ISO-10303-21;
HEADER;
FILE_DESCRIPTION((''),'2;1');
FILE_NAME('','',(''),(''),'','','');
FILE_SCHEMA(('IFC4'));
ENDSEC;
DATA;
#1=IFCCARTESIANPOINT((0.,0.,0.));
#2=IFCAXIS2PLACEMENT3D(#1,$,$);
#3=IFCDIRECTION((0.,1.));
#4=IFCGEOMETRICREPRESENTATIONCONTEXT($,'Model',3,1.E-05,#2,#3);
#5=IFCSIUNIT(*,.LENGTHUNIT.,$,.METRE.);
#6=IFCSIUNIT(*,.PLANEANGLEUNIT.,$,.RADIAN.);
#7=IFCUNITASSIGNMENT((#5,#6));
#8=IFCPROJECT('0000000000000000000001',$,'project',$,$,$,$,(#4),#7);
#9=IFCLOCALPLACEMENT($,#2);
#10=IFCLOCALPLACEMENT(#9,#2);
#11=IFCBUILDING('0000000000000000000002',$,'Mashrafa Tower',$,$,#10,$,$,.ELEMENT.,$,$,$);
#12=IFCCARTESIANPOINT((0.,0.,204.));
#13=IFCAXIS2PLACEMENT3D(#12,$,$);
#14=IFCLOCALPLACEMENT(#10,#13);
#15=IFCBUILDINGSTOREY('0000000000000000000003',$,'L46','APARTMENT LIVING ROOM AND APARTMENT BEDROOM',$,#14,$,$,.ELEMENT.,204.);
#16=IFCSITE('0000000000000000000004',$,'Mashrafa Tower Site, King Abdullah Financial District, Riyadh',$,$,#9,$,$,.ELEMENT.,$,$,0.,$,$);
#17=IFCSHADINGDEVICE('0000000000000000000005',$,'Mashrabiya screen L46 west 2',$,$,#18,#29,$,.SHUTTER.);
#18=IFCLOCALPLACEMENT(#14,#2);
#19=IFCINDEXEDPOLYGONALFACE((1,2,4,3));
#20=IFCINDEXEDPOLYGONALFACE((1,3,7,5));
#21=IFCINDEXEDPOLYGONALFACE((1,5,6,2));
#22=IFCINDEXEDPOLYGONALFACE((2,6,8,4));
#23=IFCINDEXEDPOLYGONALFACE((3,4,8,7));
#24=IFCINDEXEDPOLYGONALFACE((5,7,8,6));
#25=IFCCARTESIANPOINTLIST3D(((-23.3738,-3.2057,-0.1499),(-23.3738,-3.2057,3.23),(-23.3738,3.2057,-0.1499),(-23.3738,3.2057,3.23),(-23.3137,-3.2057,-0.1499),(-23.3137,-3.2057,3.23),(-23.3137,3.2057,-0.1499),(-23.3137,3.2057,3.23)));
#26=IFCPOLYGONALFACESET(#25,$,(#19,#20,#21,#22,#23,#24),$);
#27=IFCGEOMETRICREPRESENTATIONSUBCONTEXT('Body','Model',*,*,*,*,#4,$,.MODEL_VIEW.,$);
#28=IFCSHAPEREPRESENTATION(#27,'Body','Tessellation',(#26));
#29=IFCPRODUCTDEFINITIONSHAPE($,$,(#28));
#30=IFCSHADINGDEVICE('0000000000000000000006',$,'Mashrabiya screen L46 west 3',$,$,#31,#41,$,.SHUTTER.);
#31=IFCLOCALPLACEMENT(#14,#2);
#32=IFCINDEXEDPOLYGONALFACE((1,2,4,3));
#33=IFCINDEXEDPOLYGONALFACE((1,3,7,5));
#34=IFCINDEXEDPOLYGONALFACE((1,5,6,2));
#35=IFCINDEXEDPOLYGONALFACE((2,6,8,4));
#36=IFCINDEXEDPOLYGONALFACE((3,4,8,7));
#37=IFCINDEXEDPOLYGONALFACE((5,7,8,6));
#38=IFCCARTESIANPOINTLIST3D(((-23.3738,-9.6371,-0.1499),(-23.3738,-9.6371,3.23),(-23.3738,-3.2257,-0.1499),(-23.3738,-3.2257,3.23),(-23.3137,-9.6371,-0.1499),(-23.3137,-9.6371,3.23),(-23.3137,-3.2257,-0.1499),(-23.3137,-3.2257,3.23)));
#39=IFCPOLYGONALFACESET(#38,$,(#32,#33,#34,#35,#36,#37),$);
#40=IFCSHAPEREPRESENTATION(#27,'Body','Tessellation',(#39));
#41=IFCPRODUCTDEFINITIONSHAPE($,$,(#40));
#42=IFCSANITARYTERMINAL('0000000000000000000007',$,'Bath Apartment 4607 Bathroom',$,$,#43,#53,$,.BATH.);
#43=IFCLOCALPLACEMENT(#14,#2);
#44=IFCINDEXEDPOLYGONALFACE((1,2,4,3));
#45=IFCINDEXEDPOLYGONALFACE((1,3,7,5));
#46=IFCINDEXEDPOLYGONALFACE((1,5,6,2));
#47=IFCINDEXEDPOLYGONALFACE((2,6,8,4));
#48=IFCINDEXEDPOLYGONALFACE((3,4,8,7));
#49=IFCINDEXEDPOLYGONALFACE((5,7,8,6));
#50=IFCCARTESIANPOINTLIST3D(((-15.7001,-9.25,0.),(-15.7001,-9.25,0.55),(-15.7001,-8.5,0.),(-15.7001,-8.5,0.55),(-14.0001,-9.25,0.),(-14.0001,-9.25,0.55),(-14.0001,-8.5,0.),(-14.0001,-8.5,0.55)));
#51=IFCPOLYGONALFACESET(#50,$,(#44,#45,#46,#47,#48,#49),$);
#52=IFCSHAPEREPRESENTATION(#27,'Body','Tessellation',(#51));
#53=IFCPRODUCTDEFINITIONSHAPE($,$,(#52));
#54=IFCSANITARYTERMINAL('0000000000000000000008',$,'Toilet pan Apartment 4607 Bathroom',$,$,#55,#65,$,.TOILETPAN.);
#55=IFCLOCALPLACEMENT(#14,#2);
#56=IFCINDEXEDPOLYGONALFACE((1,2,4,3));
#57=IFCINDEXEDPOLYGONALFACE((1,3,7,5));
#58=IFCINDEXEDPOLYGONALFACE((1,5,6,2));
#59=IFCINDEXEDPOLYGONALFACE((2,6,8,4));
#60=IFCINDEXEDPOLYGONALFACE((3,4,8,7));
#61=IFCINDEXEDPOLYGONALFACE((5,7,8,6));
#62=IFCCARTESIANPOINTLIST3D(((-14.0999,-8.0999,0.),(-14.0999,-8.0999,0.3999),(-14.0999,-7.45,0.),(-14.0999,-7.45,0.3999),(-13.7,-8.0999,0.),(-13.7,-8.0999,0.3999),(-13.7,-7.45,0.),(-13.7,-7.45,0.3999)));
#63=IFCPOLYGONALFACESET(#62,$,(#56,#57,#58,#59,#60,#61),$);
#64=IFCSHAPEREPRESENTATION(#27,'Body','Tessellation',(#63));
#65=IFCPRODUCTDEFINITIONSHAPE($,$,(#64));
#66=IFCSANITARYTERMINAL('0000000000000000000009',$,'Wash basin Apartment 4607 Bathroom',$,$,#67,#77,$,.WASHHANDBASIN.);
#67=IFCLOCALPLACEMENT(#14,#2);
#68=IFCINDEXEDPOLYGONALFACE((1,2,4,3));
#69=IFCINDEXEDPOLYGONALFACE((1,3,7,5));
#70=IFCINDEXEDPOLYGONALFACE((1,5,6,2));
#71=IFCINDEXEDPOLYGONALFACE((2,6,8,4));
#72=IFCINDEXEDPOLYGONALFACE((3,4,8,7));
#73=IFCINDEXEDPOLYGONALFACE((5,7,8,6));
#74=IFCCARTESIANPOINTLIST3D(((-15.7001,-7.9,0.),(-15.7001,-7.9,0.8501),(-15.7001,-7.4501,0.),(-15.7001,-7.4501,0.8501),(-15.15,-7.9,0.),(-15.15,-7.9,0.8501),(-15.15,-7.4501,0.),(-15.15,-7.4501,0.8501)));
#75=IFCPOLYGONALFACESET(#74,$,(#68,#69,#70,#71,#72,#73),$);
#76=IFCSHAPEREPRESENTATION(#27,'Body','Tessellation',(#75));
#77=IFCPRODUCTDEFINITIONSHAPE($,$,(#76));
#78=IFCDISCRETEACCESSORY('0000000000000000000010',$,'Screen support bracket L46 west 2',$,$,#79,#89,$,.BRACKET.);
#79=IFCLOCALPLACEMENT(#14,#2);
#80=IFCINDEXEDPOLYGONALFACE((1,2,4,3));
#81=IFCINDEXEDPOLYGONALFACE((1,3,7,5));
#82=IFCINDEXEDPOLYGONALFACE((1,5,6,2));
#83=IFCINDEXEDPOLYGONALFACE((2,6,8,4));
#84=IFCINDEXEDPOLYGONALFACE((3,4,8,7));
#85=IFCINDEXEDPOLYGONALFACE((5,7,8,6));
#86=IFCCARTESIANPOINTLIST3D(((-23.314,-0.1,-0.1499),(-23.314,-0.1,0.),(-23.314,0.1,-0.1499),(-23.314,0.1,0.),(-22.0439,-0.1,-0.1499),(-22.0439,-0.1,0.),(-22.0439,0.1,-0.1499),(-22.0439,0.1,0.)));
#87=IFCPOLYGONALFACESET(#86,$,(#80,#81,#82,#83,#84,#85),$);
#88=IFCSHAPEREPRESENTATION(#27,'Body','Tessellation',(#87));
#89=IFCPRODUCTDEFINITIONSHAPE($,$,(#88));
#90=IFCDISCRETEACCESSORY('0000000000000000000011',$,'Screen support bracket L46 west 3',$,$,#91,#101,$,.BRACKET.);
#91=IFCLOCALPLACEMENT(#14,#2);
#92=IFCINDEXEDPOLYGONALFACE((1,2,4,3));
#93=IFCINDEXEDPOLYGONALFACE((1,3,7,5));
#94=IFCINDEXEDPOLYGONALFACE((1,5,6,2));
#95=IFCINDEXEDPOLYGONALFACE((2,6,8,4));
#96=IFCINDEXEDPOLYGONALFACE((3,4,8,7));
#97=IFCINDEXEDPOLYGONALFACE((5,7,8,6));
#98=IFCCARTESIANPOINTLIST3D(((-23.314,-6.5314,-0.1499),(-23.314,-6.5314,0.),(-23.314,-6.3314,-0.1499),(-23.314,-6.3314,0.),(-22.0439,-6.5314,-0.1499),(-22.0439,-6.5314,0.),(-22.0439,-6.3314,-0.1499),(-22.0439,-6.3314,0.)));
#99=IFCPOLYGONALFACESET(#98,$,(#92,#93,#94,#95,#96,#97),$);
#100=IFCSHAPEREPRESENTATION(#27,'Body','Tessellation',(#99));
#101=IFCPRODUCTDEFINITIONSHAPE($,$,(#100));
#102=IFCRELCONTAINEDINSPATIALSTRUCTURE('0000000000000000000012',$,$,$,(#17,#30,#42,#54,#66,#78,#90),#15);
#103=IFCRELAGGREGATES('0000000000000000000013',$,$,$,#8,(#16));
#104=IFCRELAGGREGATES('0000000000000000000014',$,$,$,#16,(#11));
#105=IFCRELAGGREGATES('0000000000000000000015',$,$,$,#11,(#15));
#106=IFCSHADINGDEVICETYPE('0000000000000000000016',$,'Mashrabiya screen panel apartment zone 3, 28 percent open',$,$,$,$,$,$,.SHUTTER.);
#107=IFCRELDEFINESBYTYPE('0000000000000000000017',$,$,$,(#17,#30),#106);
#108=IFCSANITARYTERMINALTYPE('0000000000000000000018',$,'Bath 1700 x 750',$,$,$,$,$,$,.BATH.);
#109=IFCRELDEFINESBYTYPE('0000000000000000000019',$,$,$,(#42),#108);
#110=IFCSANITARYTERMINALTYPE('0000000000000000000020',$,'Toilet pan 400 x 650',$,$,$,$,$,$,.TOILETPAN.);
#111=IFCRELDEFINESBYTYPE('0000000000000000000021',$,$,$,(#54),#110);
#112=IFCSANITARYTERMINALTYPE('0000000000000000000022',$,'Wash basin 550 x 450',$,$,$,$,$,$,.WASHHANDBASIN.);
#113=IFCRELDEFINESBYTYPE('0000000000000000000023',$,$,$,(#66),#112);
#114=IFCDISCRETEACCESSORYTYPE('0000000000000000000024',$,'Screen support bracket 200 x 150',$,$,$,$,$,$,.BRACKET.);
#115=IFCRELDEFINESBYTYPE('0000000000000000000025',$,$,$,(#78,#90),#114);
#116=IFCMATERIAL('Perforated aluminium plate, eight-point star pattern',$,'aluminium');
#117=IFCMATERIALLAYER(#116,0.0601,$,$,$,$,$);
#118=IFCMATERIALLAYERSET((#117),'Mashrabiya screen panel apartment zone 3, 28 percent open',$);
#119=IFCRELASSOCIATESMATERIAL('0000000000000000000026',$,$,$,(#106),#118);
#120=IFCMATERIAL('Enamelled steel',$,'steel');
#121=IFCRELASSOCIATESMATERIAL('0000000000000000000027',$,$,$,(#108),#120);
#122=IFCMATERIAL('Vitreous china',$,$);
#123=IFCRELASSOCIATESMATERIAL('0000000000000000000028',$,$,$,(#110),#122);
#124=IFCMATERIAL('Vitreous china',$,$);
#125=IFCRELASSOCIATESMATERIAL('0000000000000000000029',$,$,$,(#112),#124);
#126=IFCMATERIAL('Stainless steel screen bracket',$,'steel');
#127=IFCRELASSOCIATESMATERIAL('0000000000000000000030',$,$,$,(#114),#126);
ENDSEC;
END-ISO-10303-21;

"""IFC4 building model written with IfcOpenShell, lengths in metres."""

from ifc_helpers import new_model, si_unit, direction, frame, origin, origin_2d, place, context, subcontext, project, spatial, rectangle, extrude, source, transform, mapped, material, layer, layer_set, type_object, type_shapes, element, save


model = new_model("IFC4")

# Units and contexts
model_context = context("Model", 3, precision=1e-05, world=origin(), true_north=direction((0.0, 1.0)))
body_context = subcontext(model_context, "Body", "Model", "MODEL_VIEW")
ifc_project = project(units=[si_unit("LENGTHUNIT", "METRE"), si_unit("PLANEANGLEUNIT", "RADIAN")], contexts=[model_context])

# Site, building, storey
site_placement = place(None, origin())
site = spatial("IfcSite", under=ifc_project, at=site_placement, Name="Mashrafa Tower Site, King Abdullah Financial District, Riyadh", CompositionType="ELEMENT", RefElevation=0.0)
building_placement = place(site_placement, origin())
building = spatial("IfcBuilding", under=site, at=building_placement, Name="Mashrafa Tower", CompositionType="ELEMENT")
storey_placement = place(building_placement, frame((0.0, 0.0, 204.0)))
storey = spatial("IfcBuildingStorey", under=building, at=storey_placement, Name="L46", Description="APARTMENT LIVING ROOM AND APARTMENT BEDROOM", CompositionType="ELEMENT", Elevation=204.0)

# Shading devices
ifc_material_1 = material(Name="Perforated aluminium plate, eight-point star pattern", Category="aluminium")
ifc_layer_1 = layer(ifc_material_1, 0.0601)
ifc_layer_set_1 = layer_set([ifc_layer_1], Name="Mashrabiya screen panel apartment zone 3, 28 percent open")
shading_device_type = type_object("IfcShadingDeviceType", Name="Mashrabiya screen panel apartment zone 3, 28 percent open", PredefinedType="SHUTTER", material=ifc_layer_set_1)
shared_shape_1 = source(origin(), body_context, "Body", "SweptSolid", [
    extrude(rectangle(XDim=6.4114, YDim=0.0601, at=origin_2d()), origin(), (0.0, 0.0, 1.0), 3.3799),
])
type_shapes(shading_device_type, [shared_shape_1])
for number, where, z_axis, x_axis, name in (
    (1, (-23.3438, 0.0, -0.1499), (0.0, 0.0, 1.0), (0.0, -1.0, 0.0), "Mashrabiya screen L46 west 2"),
    (2, (-23.3438, -6.4314, -0.1499), (0.0, 0.0, 1.0), (0.0, -1.0, 0.0), "Mashrabiya screen L46 west 3"),
):
    element("IfcShadingDevice", number, at=place(storey_placement, frame(where, z_axis=z_axis, x_axis=x_axis)), inside=storey, type_object=shading_device_type, Name=name, PredefinedType="SHUTTER", context=body_context, shape_type="MappedRepresentation", body=[
        mapped(shared_shape_1, transform((0.0, 0.0, 0.0))),
    ])

# Sanitary terminals
ifc_material_2 = material(Name="Enamelled steel", Category="steel")
sanitary_terminal_type_1 = type_object("IfcSanitaryTerminalType", Name="Bath 1700 x 750", PredefinedType="BATH", material=ifc_material_2)
sanitary_terminal_1_placement = place(storey_placement, frame((-14.8501, -8.875, 0.0), z_axis=(0.0, 0.0, 1.0), x_axis=(1.0, 0.0, 0.0)))
element("IfcSanitaryTerminal", 3, at=sanitary_terminal_1_placement, inside=storey, type_object=sanitary_terminal_type_1, Name="Bath Apartment 4607 Bathroom", PredefinedType="BATH", context=body_context, shape_type="SweptSolid", body=[
    extrude(rectangle(XDim=1.7, YDim=0.75, at=origin_2d()), origin(), (0.0, 0.0, 1.0), 0.55),
])
ifc_material_3 = material(Name="Vitreous china")
sanitary_terminal_type_2 = type_object("IfcSanitaryTerminalType", Name="Toilet pan 400 x 650", PredefinedType="TOILETPAN", material=ifc_material_3)
sanitary_terminal_2_placement = place(storey_placement, frame((-13.8999, -7.7749, 0.0), z_axis=(0.0, 0.0, 1.0), x_axis=(-1.0, 0.0, 0.0)))
element("IfcSanitaryTerminal", 4, at=sanitary_terminal_2_placement, inside=storey, type_object=sanitary_terminal_type_2, Name="Toilet pan Apartment 4607 Bathroom", PredefinedType="TOILETPAN", context=body_context, shape_type="SweptSolid", body=[
    extrude(rectangle(XDim=0.3999, YDim=0.6499, at=origin_2d()), origin(), (0.0, 0.0, 1.0), 0.3999),
])
ifc_material_4 = material(Name="Vitreous china")
sanitary_terminal_type_3 = type_object("IfcSanitaryTerminalType", Name="Wash basin 550 x 450", PredefinedType="WASHHANDBASIN", material=ifc_material_4)
sanitary_terminal_3_placement = place(storey_placement, frame((-15.425, -7.675, 0.0), z_axis=(0.0, 0.0, 1.0), x_axis=(-1.0, 0.0, 0.0)))
element("IfcSanitaryTerminal", 5, at=sanitary_terminal_3_placement, inside=storey, type_object=sanitary_terminal_type_3, Name="Wash basin Apartment 4607 Bathroom", PredefinedType="WASHHANDBASIN", context=body_context, shape_type="SweptSolid", body=[
    extrude(rectangle(XDim=0.55, YDim=0.45, at=origin_2d()), origin(), (0.0, 0.0, 1.0), 0.8501),
])

# Discrete accessories
ifc_material_5 = material(Name="Stainless steel screen bracket", Category="steel")
discrete_accessory_type = type_object("IfcDiscreteAccessoryType", Name="Screen support bracket 200 x 150", PredefinedType="BRACKET", material=ifc_material_5)
shared_shape_2 = source(origin(), body_context, "Body", "SweptSolid", [
    extrude(rectangle(XDim=0.2, YDim=1.27, at=origin_2d()), origin(), (0.0, 0.0, 1.0), 0.1499),
])
type_shapes(discrete_accessory_type, [shared_shape_2])
for number, where, z_axis, x_axis, name in (
    (6, (-22.679, 0.0, -0.1499), (0.0, 0.0, 1.0), (0.0, -1.0, 0.0), "Screen support bracket L46 west 2"),
    (7, (-22.679, -6.4314, -0.1499), (0.0, 0.0, 1.0), (0.0, -1.0, 0.0), "Screen support bracket L46 west 3"),
):
    element("IfcDiscreteAccessory", number, at=place(storey_placement, frame(where, z_axis=z_axis, x_axis=x_axis)), inside=storey, type_object=discrete_accessory_type, Name=name, PredefinedType="BRACKET", context=body_context, shape_type="MappedRepresentation", body=[
        mapped(shared_shape_2, transform((0.0, 0.0, 0.0))),
    ])

save(model, "model.ifc")
